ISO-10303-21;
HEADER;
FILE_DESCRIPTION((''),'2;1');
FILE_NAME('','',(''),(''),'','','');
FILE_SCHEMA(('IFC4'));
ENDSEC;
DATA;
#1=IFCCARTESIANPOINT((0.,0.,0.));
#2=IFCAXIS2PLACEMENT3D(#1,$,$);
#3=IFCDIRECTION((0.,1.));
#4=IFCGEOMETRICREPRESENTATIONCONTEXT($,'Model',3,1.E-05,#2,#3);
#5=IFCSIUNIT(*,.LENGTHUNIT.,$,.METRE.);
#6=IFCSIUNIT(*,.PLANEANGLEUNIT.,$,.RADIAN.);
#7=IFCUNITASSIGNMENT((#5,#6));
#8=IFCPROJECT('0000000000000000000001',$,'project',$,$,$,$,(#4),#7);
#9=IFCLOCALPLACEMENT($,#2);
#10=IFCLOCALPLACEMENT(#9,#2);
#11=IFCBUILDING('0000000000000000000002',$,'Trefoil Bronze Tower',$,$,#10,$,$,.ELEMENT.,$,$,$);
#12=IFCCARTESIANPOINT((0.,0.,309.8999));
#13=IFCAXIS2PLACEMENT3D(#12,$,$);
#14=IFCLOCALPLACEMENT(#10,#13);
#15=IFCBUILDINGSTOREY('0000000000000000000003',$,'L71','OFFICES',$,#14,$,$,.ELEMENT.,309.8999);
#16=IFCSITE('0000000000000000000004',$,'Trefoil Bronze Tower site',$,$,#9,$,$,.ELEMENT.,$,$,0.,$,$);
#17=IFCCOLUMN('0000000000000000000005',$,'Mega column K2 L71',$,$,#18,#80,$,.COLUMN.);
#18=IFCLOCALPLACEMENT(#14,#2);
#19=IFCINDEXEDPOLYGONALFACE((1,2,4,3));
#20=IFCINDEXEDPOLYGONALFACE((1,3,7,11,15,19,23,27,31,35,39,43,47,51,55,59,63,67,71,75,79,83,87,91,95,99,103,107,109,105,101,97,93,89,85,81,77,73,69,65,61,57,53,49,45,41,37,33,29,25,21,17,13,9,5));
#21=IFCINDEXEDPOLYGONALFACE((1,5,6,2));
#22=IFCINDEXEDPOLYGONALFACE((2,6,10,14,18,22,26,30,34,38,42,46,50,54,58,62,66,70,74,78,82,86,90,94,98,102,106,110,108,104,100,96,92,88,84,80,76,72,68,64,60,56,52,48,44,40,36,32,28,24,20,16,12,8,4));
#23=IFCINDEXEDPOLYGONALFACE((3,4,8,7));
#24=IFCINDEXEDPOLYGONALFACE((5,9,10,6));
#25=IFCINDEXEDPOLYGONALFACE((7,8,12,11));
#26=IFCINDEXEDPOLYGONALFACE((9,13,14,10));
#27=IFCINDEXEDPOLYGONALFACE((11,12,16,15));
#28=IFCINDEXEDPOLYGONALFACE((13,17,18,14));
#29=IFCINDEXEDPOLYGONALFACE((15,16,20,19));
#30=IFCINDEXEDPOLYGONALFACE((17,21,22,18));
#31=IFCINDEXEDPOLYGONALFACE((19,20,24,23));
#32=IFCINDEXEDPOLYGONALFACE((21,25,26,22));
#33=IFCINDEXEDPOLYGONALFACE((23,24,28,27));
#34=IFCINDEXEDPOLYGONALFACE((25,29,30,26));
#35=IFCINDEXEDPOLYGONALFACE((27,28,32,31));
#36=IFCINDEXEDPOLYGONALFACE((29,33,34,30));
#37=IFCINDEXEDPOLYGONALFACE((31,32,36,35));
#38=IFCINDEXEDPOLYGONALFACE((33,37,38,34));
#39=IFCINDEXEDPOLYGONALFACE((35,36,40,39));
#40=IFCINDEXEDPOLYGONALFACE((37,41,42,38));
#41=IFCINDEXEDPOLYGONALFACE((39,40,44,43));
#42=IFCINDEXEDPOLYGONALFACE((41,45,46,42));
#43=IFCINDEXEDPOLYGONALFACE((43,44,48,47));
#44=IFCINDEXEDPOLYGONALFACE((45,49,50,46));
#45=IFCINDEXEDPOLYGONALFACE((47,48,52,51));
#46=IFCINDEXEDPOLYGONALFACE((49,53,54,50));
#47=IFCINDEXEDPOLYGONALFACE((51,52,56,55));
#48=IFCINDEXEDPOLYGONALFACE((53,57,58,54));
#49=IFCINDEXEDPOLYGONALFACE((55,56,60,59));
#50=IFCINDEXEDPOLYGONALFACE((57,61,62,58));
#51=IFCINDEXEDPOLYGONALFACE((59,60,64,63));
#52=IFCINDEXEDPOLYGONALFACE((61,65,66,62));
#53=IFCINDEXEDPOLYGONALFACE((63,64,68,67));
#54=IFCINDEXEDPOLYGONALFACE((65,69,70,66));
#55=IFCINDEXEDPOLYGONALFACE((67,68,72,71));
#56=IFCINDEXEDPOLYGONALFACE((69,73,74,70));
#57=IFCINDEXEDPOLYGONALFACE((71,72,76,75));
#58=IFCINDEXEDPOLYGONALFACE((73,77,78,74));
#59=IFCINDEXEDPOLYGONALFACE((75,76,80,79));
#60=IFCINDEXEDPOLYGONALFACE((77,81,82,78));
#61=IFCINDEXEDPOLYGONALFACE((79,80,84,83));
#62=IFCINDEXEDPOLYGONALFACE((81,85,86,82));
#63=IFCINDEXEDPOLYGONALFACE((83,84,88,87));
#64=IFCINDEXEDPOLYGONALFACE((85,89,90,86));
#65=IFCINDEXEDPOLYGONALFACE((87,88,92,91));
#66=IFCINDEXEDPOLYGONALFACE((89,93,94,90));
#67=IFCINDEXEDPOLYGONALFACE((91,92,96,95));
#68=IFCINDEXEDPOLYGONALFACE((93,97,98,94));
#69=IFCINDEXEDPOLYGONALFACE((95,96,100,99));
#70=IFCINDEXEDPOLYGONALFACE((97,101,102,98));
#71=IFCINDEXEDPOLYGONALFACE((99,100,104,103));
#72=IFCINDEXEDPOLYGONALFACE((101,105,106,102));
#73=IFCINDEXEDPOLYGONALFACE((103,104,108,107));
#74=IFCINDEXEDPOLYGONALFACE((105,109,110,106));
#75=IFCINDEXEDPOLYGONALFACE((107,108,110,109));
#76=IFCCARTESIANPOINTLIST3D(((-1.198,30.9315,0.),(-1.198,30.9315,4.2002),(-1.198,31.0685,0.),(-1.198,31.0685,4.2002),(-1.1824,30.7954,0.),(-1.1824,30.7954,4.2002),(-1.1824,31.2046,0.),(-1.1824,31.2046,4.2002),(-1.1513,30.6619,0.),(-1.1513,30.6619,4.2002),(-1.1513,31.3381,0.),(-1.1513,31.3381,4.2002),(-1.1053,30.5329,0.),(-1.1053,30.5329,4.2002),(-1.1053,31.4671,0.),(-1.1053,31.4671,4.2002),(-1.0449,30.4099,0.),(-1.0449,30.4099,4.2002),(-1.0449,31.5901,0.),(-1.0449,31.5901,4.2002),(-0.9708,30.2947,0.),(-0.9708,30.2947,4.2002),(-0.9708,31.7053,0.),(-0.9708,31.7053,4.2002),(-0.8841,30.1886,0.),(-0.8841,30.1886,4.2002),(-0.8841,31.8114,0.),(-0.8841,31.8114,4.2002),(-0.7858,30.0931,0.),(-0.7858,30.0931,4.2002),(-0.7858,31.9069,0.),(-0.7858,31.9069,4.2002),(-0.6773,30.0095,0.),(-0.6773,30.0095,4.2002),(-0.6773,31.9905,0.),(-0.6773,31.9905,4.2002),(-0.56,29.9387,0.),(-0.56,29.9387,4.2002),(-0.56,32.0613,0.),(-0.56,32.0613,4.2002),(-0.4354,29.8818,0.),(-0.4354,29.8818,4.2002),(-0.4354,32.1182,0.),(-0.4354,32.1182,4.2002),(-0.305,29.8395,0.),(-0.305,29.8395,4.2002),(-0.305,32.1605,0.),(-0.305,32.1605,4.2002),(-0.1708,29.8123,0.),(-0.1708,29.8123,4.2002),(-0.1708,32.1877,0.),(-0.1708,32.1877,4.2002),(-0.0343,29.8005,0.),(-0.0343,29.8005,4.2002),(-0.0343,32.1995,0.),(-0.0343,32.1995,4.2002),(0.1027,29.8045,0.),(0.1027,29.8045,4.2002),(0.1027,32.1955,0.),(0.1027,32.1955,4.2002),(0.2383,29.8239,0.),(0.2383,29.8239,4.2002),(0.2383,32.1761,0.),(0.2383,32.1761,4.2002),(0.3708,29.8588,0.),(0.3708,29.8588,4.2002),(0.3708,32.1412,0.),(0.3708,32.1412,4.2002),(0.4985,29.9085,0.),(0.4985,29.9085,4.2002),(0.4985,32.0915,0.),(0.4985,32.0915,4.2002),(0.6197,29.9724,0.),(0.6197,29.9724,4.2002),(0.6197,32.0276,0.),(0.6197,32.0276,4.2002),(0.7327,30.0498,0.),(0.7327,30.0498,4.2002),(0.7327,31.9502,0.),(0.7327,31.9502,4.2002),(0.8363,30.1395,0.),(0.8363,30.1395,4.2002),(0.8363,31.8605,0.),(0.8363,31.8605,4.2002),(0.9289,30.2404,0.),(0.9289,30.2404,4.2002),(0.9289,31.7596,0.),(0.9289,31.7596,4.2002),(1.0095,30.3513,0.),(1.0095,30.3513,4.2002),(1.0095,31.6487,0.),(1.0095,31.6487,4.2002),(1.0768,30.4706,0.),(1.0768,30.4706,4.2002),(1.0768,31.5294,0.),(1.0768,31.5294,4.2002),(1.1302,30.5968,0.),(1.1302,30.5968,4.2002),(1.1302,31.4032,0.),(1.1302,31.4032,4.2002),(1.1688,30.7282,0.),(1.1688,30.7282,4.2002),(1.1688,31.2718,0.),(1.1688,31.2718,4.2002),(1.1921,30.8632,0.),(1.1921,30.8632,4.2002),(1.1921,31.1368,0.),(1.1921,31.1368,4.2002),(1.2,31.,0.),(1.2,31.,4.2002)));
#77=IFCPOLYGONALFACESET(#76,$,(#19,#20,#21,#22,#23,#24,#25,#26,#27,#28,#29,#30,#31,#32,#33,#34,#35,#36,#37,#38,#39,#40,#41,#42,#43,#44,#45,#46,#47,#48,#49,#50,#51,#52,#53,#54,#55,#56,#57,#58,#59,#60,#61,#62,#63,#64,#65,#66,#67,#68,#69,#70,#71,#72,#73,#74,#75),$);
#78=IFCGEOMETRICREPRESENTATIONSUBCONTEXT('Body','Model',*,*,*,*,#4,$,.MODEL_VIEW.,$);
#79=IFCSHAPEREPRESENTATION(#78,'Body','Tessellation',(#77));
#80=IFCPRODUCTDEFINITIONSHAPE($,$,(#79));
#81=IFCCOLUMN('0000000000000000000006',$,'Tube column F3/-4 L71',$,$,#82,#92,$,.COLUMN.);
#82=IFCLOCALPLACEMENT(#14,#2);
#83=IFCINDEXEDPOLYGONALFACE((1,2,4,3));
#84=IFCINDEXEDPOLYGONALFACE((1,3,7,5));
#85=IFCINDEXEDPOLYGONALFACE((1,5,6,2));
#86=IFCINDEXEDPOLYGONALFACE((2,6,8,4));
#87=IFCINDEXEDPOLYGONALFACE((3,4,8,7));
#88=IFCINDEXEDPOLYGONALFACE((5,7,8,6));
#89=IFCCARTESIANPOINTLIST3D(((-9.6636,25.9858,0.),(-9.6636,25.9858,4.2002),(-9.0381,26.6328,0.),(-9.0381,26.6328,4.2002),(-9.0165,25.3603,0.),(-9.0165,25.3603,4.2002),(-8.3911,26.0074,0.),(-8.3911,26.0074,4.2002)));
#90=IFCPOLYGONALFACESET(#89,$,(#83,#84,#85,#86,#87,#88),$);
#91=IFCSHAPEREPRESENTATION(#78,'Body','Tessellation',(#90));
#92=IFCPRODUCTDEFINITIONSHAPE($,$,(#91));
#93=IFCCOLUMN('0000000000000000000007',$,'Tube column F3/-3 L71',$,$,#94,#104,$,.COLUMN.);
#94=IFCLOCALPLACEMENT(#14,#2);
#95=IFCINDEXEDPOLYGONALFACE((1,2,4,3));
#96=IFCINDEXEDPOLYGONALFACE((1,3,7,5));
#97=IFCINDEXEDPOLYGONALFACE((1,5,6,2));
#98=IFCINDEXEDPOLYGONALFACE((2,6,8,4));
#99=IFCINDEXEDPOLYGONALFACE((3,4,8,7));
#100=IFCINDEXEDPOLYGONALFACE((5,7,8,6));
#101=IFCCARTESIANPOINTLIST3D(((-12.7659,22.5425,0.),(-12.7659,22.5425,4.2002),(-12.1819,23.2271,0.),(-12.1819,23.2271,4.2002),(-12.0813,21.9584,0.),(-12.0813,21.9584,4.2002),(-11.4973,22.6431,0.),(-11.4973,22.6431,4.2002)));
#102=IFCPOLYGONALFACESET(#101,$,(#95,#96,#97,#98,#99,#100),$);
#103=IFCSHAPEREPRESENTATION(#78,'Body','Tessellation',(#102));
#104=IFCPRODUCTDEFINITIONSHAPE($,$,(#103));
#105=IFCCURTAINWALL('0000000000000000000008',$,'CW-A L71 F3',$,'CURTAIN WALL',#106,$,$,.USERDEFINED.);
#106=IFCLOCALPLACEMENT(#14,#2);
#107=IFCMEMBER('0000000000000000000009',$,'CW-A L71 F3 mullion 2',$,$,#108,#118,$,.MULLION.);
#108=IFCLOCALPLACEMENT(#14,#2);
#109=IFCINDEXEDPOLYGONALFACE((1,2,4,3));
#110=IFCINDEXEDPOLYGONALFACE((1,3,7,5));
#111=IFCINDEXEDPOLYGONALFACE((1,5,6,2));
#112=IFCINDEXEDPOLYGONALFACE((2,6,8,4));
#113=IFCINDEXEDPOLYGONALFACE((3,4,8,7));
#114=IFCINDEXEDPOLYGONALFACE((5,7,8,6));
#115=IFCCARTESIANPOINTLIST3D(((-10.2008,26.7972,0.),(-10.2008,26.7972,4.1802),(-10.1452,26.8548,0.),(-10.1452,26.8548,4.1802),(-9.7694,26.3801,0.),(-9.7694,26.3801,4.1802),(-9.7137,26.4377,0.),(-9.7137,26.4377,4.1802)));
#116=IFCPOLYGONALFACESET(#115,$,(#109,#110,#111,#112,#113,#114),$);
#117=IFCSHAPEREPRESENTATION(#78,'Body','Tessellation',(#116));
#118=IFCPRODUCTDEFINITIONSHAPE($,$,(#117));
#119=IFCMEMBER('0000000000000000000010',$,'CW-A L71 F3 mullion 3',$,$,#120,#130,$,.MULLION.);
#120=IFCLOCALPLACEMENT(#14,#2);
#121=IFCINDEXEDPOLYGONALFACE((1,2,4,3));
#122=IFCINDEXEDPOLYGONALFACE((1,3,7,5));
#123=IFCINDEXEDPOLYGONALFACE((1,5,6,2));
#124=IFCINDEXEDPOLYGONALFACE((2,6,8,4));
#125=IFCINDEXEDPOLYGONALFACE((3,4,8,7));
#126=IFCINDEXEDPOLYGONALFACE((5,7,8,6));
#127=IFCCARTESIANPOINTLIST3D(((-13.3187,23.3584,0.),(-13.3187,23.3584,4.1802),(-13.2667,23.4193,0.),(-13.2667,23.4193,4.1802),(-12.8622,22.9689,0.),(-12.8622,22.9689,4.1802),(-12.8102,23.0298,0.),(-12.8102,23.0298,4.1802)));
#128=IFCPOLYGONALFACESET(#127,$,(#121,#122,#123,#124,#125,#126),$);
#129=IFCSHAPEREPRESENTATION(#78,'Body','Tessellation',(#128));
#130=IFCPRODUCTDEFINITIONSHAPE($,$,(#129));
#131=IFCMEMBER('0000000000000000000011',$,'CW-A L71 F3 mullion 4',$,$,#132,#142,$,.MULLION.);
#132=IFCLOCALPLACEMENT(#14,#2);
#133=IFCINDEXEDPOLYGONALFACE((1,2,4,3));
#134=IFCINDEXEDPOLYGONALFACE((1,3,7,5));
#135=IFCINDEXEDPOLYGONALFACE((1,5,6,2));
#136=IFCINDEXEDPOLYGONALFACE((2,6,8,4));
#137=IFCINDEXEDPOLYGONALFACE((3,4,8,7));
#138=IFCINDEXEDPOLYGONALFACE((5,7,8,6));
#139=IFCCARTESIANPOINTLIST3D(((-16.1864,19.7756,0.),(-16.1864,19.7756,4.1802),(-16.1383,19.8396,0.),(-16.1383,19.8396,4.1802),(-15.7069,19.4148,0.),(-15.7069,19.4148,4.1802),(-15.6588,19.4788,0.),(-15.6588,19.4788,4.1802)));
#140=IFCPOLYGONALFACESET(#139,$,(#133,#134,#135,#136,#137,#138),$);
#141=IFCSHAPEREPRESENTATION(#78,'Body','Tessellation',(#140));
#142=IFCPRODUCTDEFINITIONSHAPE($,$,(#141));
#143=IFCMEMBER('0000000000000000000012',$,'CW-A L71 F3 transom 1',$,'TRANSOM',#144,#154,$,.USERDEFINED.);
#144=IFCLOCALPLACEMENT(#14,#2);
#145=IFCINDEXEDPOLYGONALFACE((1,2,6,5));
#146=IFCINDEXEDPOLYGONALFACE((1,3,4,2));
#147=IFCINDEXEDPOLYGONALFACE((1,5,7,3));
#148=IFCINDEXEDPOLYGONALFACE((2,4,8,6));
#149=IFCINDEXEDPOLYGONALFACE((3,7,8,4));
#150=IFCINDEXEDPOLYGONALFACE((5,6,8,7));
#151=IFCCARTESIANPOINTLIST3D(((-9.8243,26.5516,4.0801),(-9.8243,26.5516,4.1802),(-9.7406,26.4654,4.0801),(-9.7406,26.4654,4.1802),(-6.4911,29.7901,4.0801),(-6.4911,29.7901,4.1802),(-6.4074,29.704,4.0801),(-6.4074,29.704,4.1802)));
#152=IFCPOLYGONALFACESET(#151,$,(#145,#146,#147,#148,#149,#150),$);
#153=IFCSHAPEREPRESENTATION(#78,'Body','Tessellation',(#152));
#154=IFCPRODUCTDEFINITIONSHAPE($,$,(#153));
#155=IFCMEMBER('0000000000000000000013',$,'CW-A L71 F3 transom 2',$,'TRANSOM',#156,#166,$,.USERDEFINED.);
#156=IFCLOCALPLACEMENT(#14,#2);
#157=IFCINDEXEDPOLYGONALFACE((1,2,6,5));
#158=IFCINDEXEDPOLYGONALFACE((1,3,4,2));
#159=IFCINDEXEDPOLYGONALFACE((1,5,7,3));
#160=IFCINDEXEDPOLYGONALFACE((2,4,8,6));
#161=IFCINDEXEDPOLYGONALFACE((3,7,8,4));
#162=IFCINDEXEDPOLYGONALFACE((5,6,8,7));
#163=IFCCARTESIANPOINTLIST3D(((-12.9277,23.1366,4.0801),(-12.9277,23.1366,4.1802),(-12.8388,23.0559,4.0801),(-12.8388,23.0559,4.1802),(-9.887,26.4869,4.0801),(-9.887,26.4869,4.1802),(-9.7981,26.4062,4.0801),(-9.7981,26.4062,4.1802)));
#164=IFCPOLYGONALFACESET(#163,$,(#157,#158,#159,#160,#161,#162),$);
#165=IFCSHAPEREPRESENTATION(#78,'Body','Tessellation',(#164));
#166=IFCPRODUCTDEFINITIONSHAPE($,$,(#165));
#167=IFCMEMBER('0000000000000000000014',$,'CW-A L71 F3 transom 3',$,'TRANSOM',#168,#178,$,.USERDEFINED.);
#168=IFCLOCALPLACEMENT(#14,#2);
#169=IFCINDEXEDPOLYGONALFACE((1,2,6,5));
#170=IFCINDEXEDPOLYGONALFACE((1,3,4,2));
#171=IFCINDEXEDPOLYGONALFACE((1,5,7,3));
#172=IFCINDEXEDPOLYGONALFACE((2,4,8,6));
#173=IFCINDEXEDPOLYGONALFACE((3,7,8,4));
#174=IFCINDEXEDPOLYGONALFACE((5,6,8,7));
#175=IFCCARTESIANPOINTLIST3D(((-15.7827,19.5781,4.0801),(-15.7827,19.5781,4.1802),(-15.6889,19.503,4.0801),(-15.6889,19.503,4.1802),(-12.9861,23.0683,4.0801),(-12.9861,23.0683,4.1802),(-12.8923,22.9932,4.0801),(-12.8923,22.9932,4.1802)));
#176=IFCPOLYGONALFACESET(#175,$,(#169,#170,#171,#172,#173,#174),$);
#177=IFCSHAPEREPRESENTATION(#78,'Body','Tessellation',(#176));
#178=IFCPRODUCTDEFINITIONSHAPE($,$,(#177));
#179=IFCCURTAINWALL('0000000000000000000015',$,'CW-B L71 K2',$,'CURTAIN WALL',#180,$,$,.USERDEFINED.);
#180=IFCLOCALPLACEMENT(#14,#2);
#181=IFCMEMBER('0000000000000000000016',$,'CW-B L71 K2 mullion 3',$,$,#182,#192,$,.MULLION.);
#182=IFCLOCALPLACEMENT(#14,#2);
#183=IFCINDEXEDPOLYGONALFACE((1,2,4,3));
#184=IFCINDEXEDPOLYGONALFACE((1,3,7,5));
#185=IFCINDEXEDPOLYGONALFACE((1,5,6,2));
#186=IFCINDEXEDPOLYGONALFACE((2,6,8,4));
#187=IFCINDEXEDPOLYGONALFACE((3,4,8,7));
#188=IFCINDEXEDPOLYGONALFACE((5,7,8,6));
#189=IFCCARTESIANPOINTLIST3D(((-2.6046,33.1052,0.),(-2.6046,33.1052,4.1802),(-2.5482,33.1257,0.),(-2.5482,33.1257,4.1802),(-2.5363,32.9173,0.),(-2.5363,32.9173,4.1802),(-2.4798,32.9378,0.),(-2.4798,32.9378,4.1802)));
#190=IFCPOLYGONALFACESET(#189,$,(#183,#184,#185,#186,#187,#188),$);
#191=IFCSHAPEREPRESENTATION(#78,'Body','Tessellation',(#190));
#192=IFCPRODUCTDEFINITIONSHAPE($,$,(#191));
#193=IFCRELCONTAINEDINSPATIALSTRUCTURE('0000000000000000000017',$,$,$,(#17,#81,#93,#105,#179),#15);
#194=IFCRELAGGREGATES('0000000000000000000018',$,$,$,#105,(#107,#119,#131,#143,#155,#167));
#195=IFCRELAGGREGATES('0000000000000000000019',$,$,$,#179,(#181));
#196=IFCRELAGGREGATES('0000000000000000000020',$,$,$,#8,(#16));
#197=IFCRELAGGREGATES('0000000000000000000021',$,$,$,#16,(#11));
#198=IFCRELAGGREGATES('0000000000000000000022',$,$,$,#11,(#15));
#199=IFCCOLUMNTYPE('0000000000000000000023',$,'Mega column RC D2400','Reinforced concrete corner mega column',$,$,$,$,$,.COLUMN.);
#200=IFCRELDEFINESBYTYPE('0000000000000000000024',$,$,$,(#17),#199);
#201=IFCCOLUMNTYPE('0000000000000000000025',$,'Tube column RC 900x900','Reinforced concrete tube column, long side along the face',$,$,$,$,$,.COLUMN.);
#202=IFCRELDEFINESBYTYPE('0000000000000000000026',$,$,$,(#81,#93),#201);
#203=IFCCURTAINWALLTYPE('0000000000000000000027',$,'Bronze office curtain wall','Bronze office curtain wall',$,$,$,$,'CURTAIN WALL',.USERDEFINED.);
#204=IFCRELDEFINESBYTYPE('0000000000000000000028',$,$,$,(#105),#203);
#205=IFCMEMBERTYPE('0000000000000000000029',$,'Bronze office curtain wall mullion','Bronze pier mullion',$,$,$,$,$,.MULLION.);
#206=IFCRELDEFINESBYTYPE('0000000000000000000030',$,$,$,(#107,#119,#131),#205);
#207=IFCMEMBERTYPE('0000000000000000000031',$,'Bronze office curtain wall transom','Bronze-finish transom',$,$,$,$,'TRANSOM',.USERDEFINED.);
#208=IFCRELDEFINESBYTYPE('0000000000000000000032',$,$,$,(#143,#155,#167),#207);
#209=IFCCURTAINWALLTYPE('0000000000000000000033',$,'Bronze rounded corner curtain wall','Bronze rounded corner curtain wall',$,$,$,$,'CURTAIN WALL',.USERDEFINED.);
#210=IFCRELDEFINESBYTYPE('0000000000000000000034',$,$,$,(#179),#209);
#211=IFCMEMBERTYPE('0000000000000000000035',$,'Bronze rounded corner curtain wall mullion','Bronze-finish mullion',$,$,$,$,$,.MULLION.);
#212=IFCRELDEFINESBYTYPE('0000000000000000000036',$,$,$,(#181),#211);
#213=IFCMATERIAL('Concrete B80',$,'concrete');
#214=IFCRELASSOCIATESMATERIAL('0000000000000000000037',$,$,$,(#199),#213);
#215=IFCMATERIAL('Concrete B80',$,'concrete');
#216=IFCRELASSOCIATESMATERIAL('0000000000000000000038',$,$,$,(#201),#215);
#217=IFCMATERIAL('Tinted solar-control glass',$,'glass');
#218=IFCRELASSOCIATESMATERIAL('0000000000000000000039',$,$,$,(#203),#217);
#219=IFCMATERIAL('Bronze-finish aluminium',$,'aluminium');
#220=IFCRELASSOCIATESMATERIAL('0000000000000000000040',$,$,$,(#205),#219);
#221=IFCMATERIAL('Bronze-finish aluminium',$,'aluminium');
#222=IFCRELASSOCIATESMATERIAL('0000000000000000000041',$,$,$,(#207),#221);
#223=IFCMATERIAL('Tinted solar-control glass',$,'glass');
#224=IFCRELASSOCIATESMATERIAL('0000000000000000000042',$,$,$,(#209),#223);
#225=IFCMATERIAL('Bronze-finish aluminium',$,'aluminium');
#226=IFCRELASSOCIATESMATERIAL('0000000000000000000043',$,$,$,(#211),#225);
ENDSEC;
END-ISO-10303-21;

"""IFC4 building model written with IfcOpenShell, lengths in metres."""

from ifc_helpers import new_model, si_unit, direction, frame, origin, origin_2d, place, context, subcontext, project, spatial, rectangle, circle, extrude, material, material_profile, profile_set, type_object, element, aggregate, save


model = new_model("IFC4")

# Units and contexts
model_context = context("Model", 3, precision=1e-05, world=origin(), true_north=direction((0.0, 1.0)))
body_context = subcontext(model_context, "Body", "Model", "MODEL_VIEW")
ifc_project = project(units=[si_unit("LENGTHUNIT", "METRE"), si_unit("PLANEANGLEUNIT", "RADIAN")], contexts=[model_context])

# Site, building, storey
site_placement = place(None, origin())
site = spatial("IfcSite", under=ifc_project, at=site_placement, Name="Trefoil Bronze Tower site", CompositionType="ELEMENT", RefElevation=0.0)
building_placement = place(site_placement, origin())
building = spatial("IfcBuilding", under=site, at=building_placement, Name="Trefoil Bronze Tower", CompositionType="ELEMENT")
storey_placement = place(building_placement, frame((0.0, 0.0, 309.8999)))
storey = spatial("IfcBuildingStorey", under=building, at=storey_placement, Name="L71", Description="OFFICES", CompositionType="ELEMENT", Elevation=309.8999)

# Columns
ifc_material_1 = material(Name="Concrete B80", Category="concrete")
ifc_material_profile_1 = material_profile(ifc_material_1, circle(Radius=1.2, at=origin_2d()), Name="RC D2400")
ifc_profile_set_1 = profile_set([ifc_material_profile_1], Name="Concrete B80")
column_type_1 = type_object("IfcColumnType", Name="Mega column RC D2400", Description="Reinforced concrete corner mega column", PredefinedType="COLUMN", material=ifc_profile_set_1)
column_placement = place(storey_placement, frame((0.0, 31.0, 0.0), z_axis=(0.0, 0.0, 1.0), x_axis=(1.0, 0.0, 0.0)))
element("IfcColumn", 1, at=column_placement, inside=storey, type_object=column_type_1, Name="Mega column K2 L71", PredefinedType="COLUMN", context=body_context, shape_type="SweptSolid", body=[
    extrude(circle(Radius=1.2, at=origin_2d()), origin(), (0.0, 0.0, 1.0), 4.2002),
])
ifc_material_2 = material(Name="Concrete B80", Category="concrete")
ifc_material_profile_2 = material_profile(ifc_material_2, rectangle(XDim=0.8999, YDim=0.8999, at=origin_2d()), Name="RC 900x900")
ifc_profile_set_2 = profile_set([ifc_material_profile_2], Name="Concrete B80")
column_type_2 = type_object("IfcColumnType", Name="Tube column RC 900x900", Description="Reinforced concrete tube column, long side along the face", PredefinedType="COLUMN", material=ifc_profile_set_2)
for number, where, z_axis, x_axis, name in (
    (2, (-9.0273, 25.9966, 0.0), (0.0, 0.0, 1.0), (-0.695009, -0.719001, 0.0), "Tube column F3/-4 L71"),
    (3, (-12.1316, 22.5928, 0.0), (0.0, 0.0, 1.0), (-0.649008, -0.760781, 0.0), "Tube column F3/-3 L71"),
):
    element("IfcColumn", number, at=place(storey_placement, frame(where, z_axis=z_axis, x_axis=x_axis)), inside=storey, type_object=column_type_2, Name=name, PredefinedType="COLUMN", context=body_context, shape_type="SweptSolid", body=[
        extrude(rectangle(XDim=0.8999, YDim=0.8999, at=origin_2d()), origin(), (0.0, 0.0, 1.0), 4.2002),
    ])

# Curtain walls, members
ifc_material_3 = material(Name="Tinted solar-control glass", Category="glass")
curtain_wall_type_1 = type_object("IfcCurtainWallType", Name="Bronze office curtain wall", Description="Bronze office curtain wall", ElementType="CURTAIN WALL", PredefinedType="USERDEFINED", material=ifc_material_3)
curtain_wall_1_placement = place(storey_placement, origin())
curtain_wall_1 = element("IfcCurtainWall", 4, at=curtain_wall_1_placement, inside=storey, type_object=curtain_wall_type_1, Name="CW-A L71 F3", ObjectType="CURTAIN WALL", PredefinedType="USERDEFINED")
ifc_material_4 = material(Name="Bronze-finish aluminium", Category="aluminium")
ifc_material_profile_3 = material_profile(ifc_material_4, rectangle(XDim=0.6001, YDim=0.0801, at=origin_2d()), Name="CW-A mullion")
ifc_profile_set_3 = profile_set([ifc_material_profile_3], Name="Bronze-finish aluminium")
member_type_1 = type_object("IfcMemberType", Name="Bronze office curtain wall mullion", Description="Bronze pier mullion", PredefinedType="MULLION", material=ifc_profile_set_3)
member_1_placement = place(storey_placement, frame((-9.9573, 26.6174, 0.0), z_axis=(0.0, 0.0, 1.0), x_axis=(0.719001, -0.695009, 0.0)))
member_1 = element("IfcMember", 5, at=member_1_placement, type_object=member_type_1, Name="CW-A L71 F3 mullion 2", PredefinedType="MULLION", context=body_context, shape_type="SweptSolid", body=[
    extrude(rectangle(XDim=0.6001, YDim=0.0801, at=origin_2d()), origin(), (0.0, 0.0, 1.0), 4.1802),
])
member_2_placement = place(storey_placement, frame((-13.0645, 23.1941, 0.0), z_axis=(0.0, 0.0, 1.0), x_axis=(0.760781, -0.649008, 0.0)))
member_2 = element("IfcMember", 6, at=member_2_placement, type_object=member_type_1, Name="CW-A L71 F3 mullion 3", PredefinedType="MULLION", context=body_context, shape_type="SweptSolid", body=[
    extrude(rectangle(XDim=0.6001, YDim=0.0801, at=origin_2d()), origin(), (0.0, 0.0, 1.0), 4.1802),
])
member_3_placement = place(storey_placement, frame((-15.9226, 19.6272, 0.0), z_axis=(0.0, 0.0, 1.0), x_axis=(0.799096, -0.601203, 0.0)))
member_3 = element("IfcMember", 7, at=member_3_placement, type_object=member_type_1, Name="CW-A L71 F3 mullion 4", PredefinedType="MULLION", context=body_context, shape_type="SweptSolid", body=[
    extrude(rectangle(XDim=0.6001, YDim=0.0801, at=origin_2d()), origin(), (0.0, 0.0, 1.0), 4.1802),
])
ifc_material_5 = material(Name="Bronze-finish aluminium", Category="aluminium")
ifc_material_profile_4 = material_profile(ifc_material_5, rectangle(XDim=0.1201, YDim=0.1001, at=origin_2d()), Name="CW-A transom")
ifc_profile_set_4 = profile_set([ifc_material_profile_4], Name="Bronze-finish aluminium")
member_type_2 = type_object("IfcMemberType", Name="Bronze office curtain wall transom", Description="Bronze-finish transom", ElementType="TRANSOM", PredefinedType="USERDEFINED", material=ifc_profile_set_4)
member_4_placement = place(storey_placement, frame((-6.4492, 29.7471, 4.1301), z_axis=(-0.717225, -0.696842, 0.0), x_axis=(0.696842, -0.717225, 0.0)))
member_4 = element("IfcMember", 8, at=member_4_placement, type_object=member_type_2, Name="CW-A L71 F3 transom 1", ObjectType="TRANSOM", PredefinedType="USERDEFINED", context=body_context, shape_type="SweptSolid", body=[
    extrude(rectangle(XDim=0.1201, YDim=0.1001, at=origin_2d()), origin(), (0.0, 0.0, 1.0), 4.6475),
])
member_5_placement = place(storey_placement, frame((-9.8425, 26.4465, 4.1301), z_axis=(-0.672068, -0.740489, 0.0), x_axis=(0.740489, -0.672068, 0.0)))
member_5 = element("IfcMember", 9, at=member_5_placement, type_object=member_type_2, Name="CW-A L71 F3 transom 2", ObjectType="TRANSOM", PredefinedType="USERDEFINED", context=body_context, shape_type="SweptSolid", body=[
    extrude(rectangle(XDim=0.1201, YDim=0.1001, at=origin_2d()), origin(), (0.0, 0.0, 1.0), 4.5244),
])
member_6_placement = place(storey_placement, frame((-12.9392, 23.0308, 4.1301), z_axis=(-0.625301, -0.780384, 0.0), x_axis=(0.780384, -0.625301, 0.0)))
member_6 = element("IfcMember", 10, at=member_6_placement, type_object=member_type_2, Name="CW-A L71 F3 transom 3", ObjectType="TRANSOM", PredefinedType="USERDEFINED", context=body_context, shape_type="SweptSolid", body=[
    extrude(rectangle(XDim=0.1201, YDim=0.1001, at=origin_2d()), origin(), (0.0, 0.0, 1.0), 4.4724),
])
ifc_material_6 = material(Name="Tinted solar-control glass", Category="glass")
curtain_wall_type_2 = type_object("IfcCurtainWallType", Name="Bronze rounded corner curtain wall", Description="Bronze rounded corner curtain wall", ElementType="CURTAIN WALL", PredefinedType="USERDEFINED", material=ifc_material_6)
curtain_wall_2_placement = place(storey_placement, origin())
curtain_wall_2 = element("IfcCurtainWall", 11, at=curtain_wall_2_placement, inside=storey, type_object=curtain_wall_type_2, Name="CW-B L71 K2", ObjectType="CURTAIN WALL", PredefinedType="USERDEFINED")
ifc_material_7 = material(Name="Bronze-finish aluminium", Category="aluminium")
ifc_material_profile_5 = material_profile(ifc_material_7, rectangle(XDim=0.2, YDim=0.0601, at=origin_2d()), Name="CW-B mullion")
ifc_profile_set_5 = profile_set([ifc_material_profile_5], Name="Bronze-finish aluminium")
member_type_3 = type_object("IfcMemberType", Name="Bronze rounded corner curtain wall mullion", Description="Bronze-finish mullion", PredefinedType="MULLION", material=ifc_profile_set_5)
member_7_placement = place(storey_placement, frame((-2.5422, 33.0215, 0.0), z_axis=(0.0, 0.0, 1.0), x_axis=(0.34202, -0.939693, 0.0)))
member_7 = element("IfcMember", 12, at=member_7_placement, type_object=member_type_3, Name="CW-B L71 K2 mullion 3", PredefinedType="MULLION", context=body_context, shape_type="SweptSolid", body=[
    extrude(rectangle(XDim=0.2, YDim=0.0601, at=origin_2d()), origin(), (0.0, 0.0, 1.0), 4.1802),
])

aggregate(curtain_wall_1, [member_1, member_2, member_3, member_4, member_5, member_6])
aggregate(curtain_wall_2, [member_7])

save(model, "model.ifc")
